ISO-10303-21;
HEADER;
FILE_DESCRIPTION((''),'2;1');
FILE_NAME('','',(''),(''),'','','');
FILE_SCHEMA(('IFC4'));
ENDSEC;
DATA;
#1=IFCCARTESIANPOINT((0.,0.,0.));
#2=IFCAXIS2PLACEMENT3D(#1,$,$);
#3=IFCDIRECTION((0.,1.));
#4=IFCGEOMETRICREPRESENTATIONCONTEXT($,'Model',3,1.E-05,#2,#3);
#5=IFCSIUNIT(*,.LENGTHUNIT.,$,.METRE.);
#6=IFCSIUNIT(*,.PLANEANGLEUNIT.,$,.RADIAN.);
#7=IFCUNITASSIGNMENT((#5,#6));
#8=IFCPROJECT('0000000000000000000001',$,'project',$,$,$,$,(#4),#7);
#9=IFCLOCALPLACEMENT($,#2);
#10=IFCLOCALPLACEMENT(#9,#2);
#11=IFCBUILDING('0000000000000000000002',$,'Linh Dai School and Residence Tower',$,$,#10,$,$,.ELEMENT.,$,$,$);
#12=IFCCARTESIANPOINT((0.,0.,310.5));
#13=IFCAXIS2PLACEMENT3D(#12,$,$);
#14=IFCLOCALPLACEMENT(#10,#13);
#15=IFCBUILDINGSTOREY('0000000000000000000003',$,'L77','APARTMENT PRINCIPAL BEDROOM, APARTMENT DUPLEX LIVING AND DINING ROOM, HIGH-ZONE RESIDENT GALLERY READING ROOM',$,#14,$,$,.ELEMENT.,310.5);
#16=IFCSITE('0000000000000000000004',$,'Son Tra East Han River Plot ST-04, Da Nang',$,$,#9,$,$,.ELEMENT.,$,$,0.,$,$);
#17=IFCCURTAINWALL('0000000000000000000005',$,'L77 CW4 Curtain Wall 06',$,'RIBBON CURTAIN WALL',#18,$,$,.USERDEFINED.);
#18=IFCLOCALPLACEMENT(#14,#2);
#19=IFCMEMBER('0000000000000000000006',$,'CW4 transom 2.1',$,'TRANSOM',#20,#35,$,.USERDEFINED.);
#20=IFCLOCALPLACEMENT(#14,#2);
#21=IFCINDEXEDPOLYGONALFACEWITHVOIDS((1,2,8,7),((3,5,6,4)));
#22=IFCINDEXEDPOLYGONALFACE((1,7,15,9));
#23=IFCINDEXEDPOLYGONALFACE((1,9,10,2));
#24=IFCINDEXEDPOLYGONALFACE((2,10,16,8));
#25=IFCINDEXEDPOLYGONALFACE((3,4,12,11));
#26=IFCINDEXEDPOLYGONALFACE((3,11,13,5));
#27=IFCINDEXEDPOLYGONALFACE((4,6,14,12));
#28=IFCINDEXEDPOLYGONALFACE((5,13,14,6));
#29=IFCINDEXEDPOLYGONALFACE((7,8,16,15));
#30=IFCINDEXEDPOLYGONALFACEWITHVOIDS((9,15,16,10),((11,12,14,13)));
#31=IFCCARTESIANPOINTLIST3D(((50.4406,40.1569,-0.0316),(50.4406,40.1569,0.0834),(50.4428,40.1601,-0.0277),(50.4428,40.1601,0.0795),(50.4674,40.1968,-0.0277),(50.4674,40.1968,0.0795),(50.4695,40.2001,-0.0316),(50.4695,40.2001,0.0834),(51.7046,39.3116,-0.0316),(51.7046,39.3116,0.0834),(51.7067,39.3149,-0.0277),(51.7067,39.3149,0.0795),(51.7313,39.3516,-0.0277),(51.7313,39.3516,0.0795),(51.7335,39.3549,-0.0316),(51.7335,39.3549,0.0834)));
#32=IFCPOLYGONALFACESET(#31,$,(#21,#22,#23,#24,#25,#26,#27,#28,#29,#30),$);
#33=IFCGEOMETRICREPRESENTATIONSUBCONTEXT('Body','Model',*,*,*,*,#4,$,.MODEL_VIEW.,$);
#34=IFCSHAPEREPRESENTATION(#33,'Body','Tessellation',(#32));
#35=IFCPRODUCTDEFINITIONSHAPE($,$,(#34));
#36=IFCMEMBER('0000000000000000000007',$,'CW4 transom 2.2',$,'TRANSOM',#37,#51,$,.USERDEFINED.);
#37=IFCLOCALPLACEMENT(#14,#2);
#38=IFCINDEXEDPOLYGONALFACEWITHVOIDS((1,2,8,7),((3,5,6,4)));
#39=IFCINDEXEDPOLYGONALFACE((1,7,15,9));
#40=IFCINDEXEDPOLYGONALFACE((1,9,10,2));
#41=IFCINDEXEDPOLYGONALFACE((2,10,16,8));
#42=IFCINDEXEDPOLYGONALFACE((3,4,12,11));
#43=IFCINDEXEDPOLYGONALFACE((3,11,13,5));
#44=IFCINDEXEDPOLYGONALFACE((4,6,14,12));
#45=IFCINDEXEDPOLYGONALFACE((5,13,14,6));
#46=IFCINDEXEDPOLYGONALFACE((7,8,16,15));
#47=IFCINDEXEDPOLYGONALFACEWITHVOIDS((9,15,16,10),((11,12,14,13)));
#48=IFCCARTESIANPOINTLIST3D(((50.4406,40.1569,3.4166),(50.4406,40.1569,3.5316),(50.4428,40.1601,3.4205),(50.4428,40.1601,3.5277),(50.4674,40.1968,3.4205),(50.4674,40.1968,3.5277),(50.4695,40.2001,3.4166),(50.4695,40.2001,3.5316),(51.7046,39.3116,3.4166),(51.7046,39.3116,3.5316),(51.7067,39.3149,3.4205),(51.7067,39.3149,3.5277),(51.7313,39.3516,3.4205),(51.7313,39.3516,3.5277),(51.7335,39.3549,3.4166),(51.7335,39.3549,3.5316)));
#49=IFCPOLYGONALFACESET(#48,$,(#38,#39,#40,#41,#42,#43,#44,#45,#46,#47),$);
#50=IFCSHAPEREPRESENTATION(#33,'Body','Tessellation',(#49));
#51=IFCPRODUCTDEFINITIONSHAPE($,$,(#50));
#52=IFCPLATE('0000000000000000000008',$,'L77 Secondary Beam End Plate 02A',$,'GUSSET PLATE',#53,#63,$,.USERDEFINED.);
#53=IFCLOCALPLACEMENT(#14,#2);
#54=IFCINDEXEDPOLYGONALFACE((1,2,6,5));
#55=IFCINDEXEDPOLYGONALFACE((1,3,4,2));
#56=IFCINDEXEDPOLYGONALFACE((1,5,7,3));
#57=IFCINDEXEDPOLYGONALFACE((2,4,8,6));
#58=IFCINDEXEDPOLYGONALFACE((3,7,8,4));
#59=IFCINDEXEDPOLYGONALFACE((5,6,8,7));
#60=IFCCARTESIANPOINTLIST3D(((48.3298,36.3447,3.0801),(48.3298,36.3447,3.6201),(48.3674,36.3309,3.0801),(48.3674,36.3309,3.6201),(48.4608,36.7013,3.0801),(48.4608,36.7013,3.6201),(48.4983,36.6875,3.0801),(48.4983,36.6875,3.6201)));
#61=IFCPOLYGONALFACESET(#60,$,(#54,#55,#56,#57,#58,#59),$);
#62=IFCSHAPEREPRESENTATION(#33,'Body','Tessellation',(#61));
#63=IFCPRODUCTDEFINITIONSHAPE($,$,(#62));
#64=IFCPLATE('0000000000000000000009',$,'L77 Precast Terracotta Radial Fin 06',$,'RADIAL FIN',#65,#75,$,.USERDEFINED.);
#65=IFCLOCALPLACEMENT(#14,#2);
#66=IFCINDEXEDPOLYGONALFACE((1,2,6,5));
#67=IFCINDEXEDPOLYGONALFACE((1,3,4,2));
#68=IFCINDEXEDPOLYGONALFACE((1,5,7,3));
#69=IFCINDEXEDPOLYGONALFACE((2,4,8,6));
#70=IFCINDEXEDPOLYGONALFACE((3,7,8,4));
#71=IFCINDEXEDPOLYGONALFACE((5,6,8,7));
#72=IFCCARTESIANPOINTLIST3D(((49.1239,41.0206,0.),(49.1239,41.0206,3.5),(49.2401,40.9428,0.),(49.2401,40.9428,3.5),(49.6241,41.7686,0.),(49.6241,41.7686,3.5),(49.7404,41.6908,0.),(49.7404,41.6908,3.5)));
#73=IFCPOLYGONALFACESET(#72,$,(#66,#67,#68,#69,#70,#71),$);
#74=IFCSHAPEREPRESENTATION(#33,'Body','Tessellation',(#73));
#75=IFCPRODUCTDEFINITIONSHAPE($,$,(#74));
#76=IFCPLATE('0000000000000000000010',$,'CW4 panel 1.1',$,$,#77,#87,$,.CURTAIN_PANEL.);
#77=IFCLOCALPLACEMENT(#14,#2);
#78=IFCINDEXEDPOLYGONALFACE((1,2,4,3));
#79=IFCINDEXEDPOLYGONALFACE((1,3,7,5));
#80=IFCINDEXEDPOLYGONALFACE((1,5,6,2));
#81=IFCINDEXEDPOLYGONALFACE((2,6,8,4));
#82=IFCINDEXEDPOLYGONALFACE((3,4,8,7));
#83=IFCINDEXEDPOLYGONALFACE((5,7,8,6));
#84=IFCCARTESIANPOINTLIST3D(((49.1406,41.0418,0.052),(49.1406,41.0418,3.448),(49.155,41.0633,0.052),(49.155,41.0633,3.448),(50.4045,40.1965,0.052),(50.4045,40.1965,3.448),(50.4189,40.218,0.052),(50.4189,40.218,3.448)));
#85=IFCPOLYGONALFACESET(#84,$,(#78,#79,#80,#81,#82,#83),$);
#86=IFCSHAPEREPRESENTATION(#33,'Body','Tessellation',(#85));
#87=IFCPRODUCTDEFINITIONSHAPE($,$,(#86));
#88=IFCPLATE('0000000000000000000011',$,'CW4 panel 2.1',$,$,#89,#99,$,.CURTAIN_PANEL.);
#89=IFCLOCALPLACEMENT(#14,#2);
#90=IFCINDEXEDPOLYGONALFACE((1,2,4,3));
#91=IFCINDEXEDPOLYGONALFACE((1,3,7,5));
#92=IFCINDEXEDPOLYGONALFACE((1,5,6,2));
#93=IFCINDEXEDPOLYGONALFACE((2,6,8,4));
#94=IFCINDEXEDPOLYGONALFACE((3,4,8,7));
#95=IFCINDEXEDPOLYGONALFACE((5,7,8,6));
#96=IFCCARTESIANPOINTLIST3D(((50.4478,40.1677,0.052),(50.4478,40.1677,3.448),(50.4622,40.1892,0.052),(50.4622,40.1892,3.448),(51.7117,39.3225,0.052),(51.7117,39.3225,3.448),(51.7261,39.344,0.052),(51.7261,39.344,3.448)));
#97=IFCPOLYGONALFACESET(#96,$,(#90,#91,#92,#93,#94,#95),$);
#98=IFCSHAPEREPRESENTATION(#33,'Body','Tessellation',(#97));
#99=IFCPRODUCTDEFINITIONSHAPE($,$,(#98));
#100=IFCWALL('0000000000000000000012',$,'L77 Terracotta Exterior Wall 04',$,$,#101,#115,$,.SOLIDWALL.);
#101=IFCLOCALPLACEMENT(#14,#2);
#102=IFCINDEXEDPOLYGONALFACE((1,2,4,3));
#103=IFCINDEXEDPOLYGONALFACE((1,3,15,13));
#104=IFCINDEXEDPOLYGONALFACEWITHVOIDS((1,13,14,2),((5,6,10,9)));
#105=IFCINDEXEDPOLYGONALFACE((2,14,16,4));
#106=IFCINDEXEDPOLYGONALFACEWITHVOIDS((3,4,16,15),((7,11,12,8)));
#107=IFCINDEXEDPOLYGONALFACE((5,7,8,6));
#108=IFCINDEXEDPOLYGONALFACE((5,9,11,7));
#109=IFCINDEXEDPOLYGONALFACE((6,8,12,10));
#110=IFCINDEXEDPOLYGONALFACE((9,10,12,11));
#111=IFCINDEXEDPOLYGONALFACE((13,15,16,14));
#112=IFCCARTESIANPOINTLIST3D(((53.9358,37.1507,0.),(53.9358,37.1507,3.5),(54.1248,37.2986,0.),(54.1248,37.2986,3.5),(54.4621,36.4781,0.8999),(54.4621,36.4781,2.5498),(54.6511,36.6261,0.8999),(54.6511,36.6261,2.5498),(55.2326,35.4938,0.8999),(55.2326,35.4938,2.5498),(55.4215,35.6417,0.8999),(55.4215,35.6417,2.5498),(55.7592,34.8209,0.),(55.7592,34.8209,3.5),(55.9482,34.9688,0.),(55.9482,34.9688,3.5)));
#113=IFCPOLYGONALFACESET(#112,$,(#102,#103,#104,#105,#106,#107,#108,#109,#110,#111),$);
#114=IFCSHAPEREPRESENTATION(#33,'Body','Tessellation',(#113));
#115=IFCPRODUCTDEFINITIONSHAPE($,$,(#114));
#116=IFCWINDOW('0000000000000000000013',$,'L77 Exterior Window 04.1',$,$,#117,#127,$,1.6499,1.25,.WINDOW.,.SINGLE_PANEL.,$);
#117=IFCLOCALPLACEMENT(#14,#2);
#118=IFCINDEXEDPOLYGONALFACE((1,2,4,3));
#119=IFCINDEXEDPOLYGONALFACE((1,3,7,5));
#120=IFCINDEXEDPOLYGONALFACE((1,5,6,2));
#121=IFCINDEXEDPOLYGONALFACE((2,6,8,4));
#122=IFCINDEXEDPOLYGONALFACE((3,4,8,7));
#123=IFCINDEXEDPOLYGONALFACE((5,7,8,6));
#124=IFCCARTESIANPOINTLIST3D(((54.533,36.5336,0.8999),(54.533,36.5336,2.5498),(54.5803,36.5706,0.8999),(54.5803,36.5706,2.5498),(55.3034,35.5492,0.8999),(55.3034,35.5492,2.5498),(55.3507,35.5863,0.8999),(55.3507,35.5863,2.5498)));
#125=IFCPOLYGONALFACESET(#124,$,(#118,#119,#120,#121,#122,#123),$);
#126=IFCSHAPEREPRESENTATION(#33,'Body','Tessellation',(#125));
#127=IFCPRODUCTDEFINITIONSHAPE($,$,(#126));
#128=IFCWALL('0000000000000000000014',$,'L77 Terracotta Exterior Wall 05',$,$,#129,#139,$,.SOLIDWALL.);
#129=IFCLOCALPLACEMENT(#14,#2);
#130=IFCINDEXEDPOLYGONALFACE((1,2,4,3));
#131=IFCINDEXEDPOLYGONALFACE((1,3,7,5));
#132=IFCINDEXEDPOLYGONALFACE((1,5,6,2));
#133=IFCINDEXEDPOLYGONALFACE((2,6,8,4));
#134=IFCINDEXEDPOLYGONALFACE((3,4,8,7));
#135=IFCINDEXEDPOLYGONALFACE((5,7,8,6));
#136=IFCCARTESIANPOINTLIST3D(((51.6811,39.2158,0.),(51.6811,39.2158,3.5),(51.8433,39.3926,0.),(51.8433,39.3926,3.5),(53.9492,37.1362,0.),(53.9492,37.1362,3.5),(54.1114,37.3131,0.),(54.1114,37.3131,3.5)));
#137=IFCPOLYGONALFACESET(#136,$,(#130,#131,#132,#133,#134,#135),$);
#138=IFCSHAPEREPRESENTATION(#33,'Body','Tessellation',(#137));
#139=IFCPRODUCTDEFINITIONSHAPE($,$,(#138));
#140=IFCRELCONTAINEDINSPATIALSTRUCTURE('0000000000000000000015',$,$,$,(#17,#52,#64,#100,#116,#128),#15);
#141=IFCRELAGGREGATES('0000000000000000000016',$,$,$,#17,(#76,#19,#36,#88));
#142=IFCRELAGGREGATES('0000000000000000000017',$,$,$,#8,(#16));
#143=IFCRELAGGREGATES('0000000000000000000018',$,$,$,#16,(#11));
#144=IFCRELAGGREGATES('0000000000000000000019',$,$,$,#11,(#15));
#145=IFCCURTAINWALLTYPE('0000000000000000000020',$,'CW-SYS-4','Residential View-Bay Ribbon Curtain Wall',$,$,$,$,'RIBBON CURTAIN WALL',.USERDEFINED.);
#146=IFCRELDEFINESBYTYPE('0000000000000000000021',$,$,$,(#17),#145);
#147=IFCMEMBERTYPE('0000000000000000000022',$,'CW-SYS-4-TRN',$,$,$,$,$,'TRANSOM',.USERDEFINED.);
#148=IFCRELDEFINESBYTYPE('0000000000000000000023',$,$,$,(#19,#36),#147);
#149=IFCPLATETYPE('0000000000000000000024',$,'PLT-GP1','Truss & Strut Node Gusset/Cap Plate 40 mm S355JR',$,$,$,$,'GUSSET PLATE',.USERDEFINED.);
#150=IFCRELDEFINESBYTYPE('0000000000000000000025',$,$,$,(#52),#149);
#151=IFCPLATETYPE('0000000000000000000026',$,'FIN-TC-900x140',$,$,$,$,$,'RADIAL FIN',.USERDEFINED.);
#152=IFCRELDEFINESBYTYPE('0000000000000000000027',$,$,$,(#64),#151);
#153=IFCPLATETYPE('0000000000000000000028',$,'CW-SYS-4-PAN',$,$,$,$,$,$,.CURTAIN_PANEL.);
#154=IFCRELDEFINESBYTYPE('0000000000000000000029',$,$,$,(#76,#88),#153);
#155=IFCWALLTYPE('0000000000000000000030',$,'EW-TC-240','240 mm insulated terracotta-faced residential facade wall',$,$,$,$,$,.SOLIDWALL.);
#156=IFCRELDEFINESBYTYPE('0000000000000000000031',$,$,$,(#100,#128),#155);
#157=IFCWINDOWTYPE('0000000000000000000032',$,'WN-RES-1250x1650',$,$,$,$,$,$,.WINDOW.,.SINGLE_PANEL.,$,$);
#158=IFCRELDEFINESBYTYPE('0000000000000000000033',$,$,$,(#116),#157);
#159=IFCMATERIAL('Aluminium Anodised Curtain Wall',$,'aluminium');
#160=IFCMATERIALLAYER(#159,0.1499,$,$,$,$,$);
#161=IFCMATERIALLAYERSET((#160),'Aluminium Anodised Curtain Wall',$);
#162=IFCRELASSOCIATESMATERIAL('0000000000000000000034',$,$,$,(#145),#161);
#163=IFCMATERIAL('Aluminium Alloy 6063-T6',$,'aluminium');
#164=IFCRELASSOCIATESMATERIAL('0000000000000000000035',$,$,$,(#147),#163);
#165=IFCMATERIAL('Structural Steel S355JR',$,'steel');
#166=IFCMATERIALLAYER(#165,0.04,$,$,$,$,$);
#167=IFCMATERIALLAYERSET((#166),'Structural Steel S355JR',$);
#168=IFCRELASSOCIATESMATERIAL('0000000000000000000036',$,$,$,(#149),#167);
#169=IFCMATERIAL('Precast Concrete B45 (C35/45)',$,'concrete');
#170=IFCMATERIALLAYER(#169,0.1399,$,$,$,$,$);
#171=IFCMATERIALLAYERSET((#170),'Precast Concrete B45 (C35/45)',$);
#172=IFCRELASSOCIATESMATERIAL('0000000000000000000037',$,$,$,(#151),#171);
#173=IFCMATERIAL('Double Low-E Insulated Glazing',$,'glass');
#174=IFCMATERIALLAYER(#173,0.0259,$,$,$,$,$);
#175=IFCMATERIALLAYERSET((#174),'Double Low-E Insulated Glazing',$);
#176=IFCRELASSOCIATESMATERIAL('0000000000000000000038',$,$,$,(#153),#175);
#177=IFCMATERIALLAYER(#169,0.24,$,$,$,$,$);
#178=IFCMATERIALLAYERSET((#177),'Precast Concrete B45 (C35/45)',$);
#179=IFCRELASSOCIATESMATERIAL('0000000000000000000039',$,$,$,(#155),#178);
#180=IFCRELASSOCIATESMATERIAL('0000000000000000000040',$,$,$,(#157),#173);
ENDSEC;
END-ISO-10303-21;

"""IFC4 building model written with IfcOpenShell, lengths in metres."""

from ifc_helpers import new_model, si_unit, direction, frame, frame_2d, origin, origin_2d, place, context, subcontext, project, spatial, rectangle, hollow_rectangle, extrude, source, transform, mapped, material, layer, layer_set, material_profile, profile_set, type_object, element, fill, aggregate, save


model = new_model("IFC4")

# Units and contexts
model_context = context("Model", 3, precision=1e-05, world=origin(), true_north=direction((0.0, 1.0)))
body_context = subcontext(model_context, "Body", "Model", "MODEL_VIEW")
ifc_project = project(units=[si_unit("LENGTHUNIT", "METRE"), si_unit("PLANEANGLEUNIT", "RADIAN")], contexts=[model_context])

# Site, building, storey
site_placement = place(None, origin())
site = spatial("IfcSite", under=ifc_project, at=site_placement, Name="Son Tra East Han River Plot ST-04, Da Nang", CompositionType="ELEMENT", RefElevation=0.0)
building_placement = place(site_placement, origin())
building = spatial("IfcBuilding", under=site, at=building_placement, Name="Linh Dai School and Residence Tower", CompositionType="ELEMENT")
storey_placement = place(building_placement, frame((0.0, 0.0, 310.5)))
storey = spatial("IfcBuildingStorey", under=building, at=storey_placement, Name="L77", Description="APARTMENT PRINCIPAL BEDROOM, APARTMENT DUPLEX LIVING AND DINING ROOM, HIGH-ZONE RESIDENT GALLERY READING ROOM", CompositionType="ELEMENT", Elevation=310.5)

# Shared definitions
ifc_material_1 = material(Name="Structural Steel S355JR", Category="steel")

# Curtain wall, members
ifc_material_2 = material(Name="Aluminium Anodised Curtain Wall", Category="aluminium")
ifc_layer_1 = layer(ifc_material_2, 0.1499)
ifc_layer_set_1 = layer_set([ifc_layer_1], Name="Aluminium Anodised Curtain Wall")
curtain_wall_type = type_object("IfcCurtainWallType", Name="CW-SYS-4", Description="Residential View-Bay Ribbon Curtain Wall", ElementType="RIBBON CURTAIN WALL", PredefinedType="USERDEFINED", material=ifc_layer_set_1)
curtain_wall_placement = place(storey_placement, origin())
curtain_wall = element("IfcCurtainWall", 1, at=curtain_wall_placement, inside=storey, type_object=curtain_wall_type, Name="L77 CW4 Curtain Wall 06", ObjectType="RIBBON CURTAIN WALL", PredefinedType="USERDEFINED")
ifc_material_3 = material(Name="Aluminium Alloy 6063-T6", Category="aluminium")
ifc_material_profile_1 = material_profile(ifc_material_3, hollow_rectangle(XDim=0.052, YDim=0.115, WallThickness=0.0039, at=origin_2d()), Name="RHS 115x52x4")
ifc_profile_set_1 = profile_set([ifc_material_profile_1], Name="Aluminium Alloy 6063-T6")
member_type_1 = type_object("IfcMemberType", Name="CW-SYS-4-TRN", ElementType="TRANSOM", PredefinedType="USERDEFINED", material=ifc_profile_set_1)
shared_shape_1 = source(origin(), body_context, "Body", "SweptSolid", [
    extrude(hollow_rectangle(XDim=0.052, YDim=0.115, WallThickness=0.0039, at=origin_2d()), origin(), (0.0, 0.0, 1.0), 1.5205),
])
member_1_placement = place(storey_placement, frame((50.4551, 40.1785, 0.0259), z_axis=(0.831259, -0.555885, 0.0), x_axis=(0.555885, 0.831259, 0.0)))
member_1 = element("IfcMember", 2, at=member_1_placement, type_object=member_type_1, Name="CW4 transom 2.1", ObjectType="TRANSOM", PredefinedType="USERDEFINED", context=body_context, shape_type="MappedRepresentation", body=[
    mapped(shared_shape_1, transform((0.0, 0.0, 0.0), x_axis=(1.0, 0.0, 0.0), y_axis=(0.0, 1.0, 0.0), z_axis=(0.0, 0.0, 1.0), scale=1.0)),
])
member_2_placement = place(storey_placement, frame((50.4551, 40.1785, 3.4741), z_axis=(0.831259, -0.555885, 0.0), x_axis=(0.555885, 0.831259, 0.0)))
member_2 = element("IfcMember", 3, at=member_2_placement, type_object=member_type_1, Name="CW4 transom 2.2", ObjectType="TRANSOM", PredefinedType="USERDEFINED", context=body_context, shape_type="MappedRepresentation", body=[
    mapped(shared_shape_1, transform((0.0, 0.0, 0.0), x_axis=(1.0, 0.0, 0.0), y_axis=(0.0, 1.0, 0.0), z_axis=(0.0, 0.0, 1.0), scale=1.0)),
])

# Plates
ifc_layer_2 = layer(ifc_material_1, 0.04)
ifc_layer_set_2 = layer_set([ifc_layer_2], Name="Structural Steel S355JR")
plate_type_1 = type_object("IfcPlateType", Name="PLT-GP1", Description="Truss & Strut Node Gusset/Cap Plate 40 mm S355JR", ElementType="GUSSET PLATE", PredefinedType="USERDEFINED", material=ifc_layer_set_2)
shared_shape_2 = source(origin(), body_context, "Body", "SweptSolid", [
    extrude(rectangle(XDim=0.04, YDim=0.3799, at=origin_2d()), origin(), (0.0, 0.0, 1.0), 0.54),
])
plate_1_placement = place(storey_placement, frame((48.4141, 36.5161, 3.0801), z_axis=(0.0, 0.0, 1.0), x_axis=(-0.938695, 0.344748, 0.0)))
element("IfcPlate", 4, at=plate_1_placement, inside=storey, type_object=plate_type_1, Name="L77 Secondary Beam End Plate 02A", ObjectType="GUSSET PLATE", PredefinedType="USERDEFINED", context=body_context, shape_type="MappedRepresentation", body=[
    mapped(shared_shape_2, transform((0.0, 0.0, 0.0), x_axis=(1.0, 0.0, 0.0), y_axis=(0.0, 1.0, 0.0), z_axis=(0.0, 0.0, 1.0), scale=1.0)),
])
ifc_material_4 = material(Name="Precast Concrete B45 (C35/45)", Category="concrete")
ifc_layer_3 = layer(ifc_material_4, 0.1399)
ifc_layer_set_3 = layer_set([ifc_layer_3], Name="Precast Concrete B45 (C35/45)")
plate_type_2 = type_object("IfcPlateType", Name="FIN-TC-900x140", ElementType="RADIAL FIN", PredefinedType="USERDEFINED", material=ifc_layer_set_3)
shared_shape_3 = source(origin(), body_context, "Body", "SweptSolid", [
    extrude(rectangle(XDim=0.8999, YDim=0.1399, at=origin_2d()), origin(), (0.0, 0.0, 1.0), 3.5),
])
plate_2_placement = place(storey_placement, frame((49.4321, 41.3557, 0.0), z_axis=(0.0, 0.0, 1.0), x_axis=(0.555908, 0.831244, 0.0)))
element("IfcPlate", 5, at=plate_2_placement, inside=storey, type_object=plate_type_2, Name="L77 Precast Terracotta Radial Fin 06", ObjectType="RADIAL FIN", PredefinedType="USERDEFINED", context=body_context, shape_type="MappedRepresentation", body=[
    mapped(shared_shape_3, transform((0.0, 0.0, 0.0), x_axis=(1.0, 0.0, 0.0), y_axis=(0.0, 1.0, 0.0), z_axis=(0.0, 0.0, 1.0), scale=1.0)),
])

# Plates
ifc_material_5 = material(Name="Double Low-E Insulated Glazing", Category="glass")
ifc_layer_4 = layer(ifc_material_5, 0.0259)
ifc_layer_set_4 = layer_set([ifc_layer_4], Name="Double Low-E Insulated Glazing")
plate_type_3 = type_object("IfcPlateType", Name="CW-SYS-4-PAN", PredefinedType="CURTAIN_PANEL", material=ifc_layer_set_4)
shared_shape_4 = source(origin(), body_context, "Body", "SweptSolid", [
    extrude(rectangle(XDim=1.5205, YDim=0.0259, at=origin_2d()), origin(), (0.0, 0.0, 1.0), 3.396),
])
plate_3_placement = place(storey_placement, frame((49.7798, 40.6299, 0.052), z_axis=(0.0, 0.0, 1.0), x_axis=(0.831244, -0.555908, 0.0)))
plate_3 = element("IfcPlate", 6, at=plate_3_placement, type_object=plate_type_3, Name="CW4 panel 1.1", PredefinedType="CURTAIN_PANEL", context=body_context, shape_type="MappedRepresentation", body=[
    mapped(shared_shape_4, transform((0.0, 0.0, 0.0), x_axis=(1.0, 0.0, 0.0), y_axis=(0.0, 1.0, 0.0), z_axis=(0.0, 0.0, 1.0), scale=1.0)),
])
plate_4_placement = place(storey_placement, frame((51.0869, 39.7559, 0.052), z_axis=(0.0, 0.0, 1.0), x_axis=(0.831244, -0.555908, 0.0)))
plate_4 = element("IfcPlate", 7, at=plate_4_placement, type_object=plate_type_3, Name="CW4 panel 2.1", PredefinedType="CURTAIN_PANEL", context=body_context, shape_type="MappedRepresentation", body=[
    mapped(shared_shape_4, transform((0.0, 0.0, 0.0), x_axis=(1.0, 0.0, 0.0), y_axis=(0.0, 1.0, 0.0), z_axis=(0.0, 0.0, 1.0), scale=1.0)),
])
aggregate(curtain_wall, [plate_3, member_1, member_2, plate_4])

# Wall, opening, window
ifc_layer_5 = layer(ifc_material_4, 0.24)
ifc_layer_set_5 = layer_set([ifc_layer_5], Name="Precast Concrete B45 (C35/45)")
wall_type = type_object("IfcWallType", Name="EW-TC-240", Description="240 mm insulated terracotta-faced residential facade wall", PredefinedType="SOLIDWALL", material=ifc_layer_set_5)
wall_1_placement = place(storey_placement, frame((54.0303, 37.2246, 0.0), z_axis=(0.0, 0.0, 1.0), x_axis=(0.616337, -0.787482, 0.0)))
wall_1 = element("IfcWall", 8, at=wall_1_placement, inside=storey, type_object=wall_type, Name="L77 Terracotta Exterior Wall 04", PredefinedType="SOLIDWALL", context=body_context, shape_type="SweptSolid", body=[
    extrude(rectangle(XDim=2.9585, YDim=0.24, at=frame_2d((1.4792, 0.0))), origin(), (0.0, 0.0, 1.0), 3.5),
])
opening_1_placement = place(wall_1_placement, frame((0.854, 0.0, 0.8999)))
opening_1 = element("IfcOpeningElement", 9, at=opening_1_placement, cuts=wall_1, PredefinedType="OPENING", context=body_context, shape_type="SweptSolid", body=[
    extrude(rectangle(XDim=1.25, YDim=1.6499, at=origin_2d()), frame((0.625, 0.1299, 0.825), z_axis=(0.0, -1.0, 0.0), x_axis=(1.0, 0.0, 0.0)), (0.0, 0.0, 1.0), 0.26),
])
window_type_1 = type_object("IfcWindowType", Name="WN-RES-1250x1650", PartitioningType="SINGLE_PANEL", PredefinedType="WINDOW", material=ifc_material_5)
shared_shape_5 = source(origin(), body_context, "Body", "SweptSolid", [
    extrude(rectangle(XDim=1.25, YDim=1.6499, at=origin_2d()), frame((0.625, 0.03, 0.825), z_axis=(0.0, -1.0, 0.0), x_axis=(1.0, 0.0, 0.0)), (0.0, 0.0, 1.0), 0.0601),
])
window_1_placement = place(opening_1_placement, origin())
window_1 = element("IfcWindow", 10, at=window_1_placement, inside=storey, type_object=window_type_1, Name="L77 Exterior Window 04.1", OverallHeight=1.6499, OverallWidth=1.25, PartitioningType="SINGLE_PANEL", PredefinedType="WINDOW", context=body_context, shape_type="MappedRepresentation", body=[
    mapped(shared_shape_5, transform((0.0, 0.0, 0.0), x_axis=(1.0, 0.0, 0.0), y_axis=(0.0, 1.0, 0.0), z_axis=(0.0, 0.0, 1.0), scale=1.0)),
])
fill(opening_1, window_1)

# Wall
wall_2_placement = place(storey_placement, frame((51.7622, 39.3042, 0.0), z_axis=(0.0, 0.0, 1.0), x_axis=(0.737069, -0.675818, 0.0)))
element("IfcWall", 11, at=wall_2_placement, inside=storey, type_object=wall_type, Name="L77 Terracotta Exterior Wall 05", PredefinedType="SOLIDWALL", context=body_context, shape_type="SweptSolid", body=[
    extrude(rectangle(XDim=3.0771, YDim=0.24, at=frame_2d((1.5386, 0.0))), origin(), (0.0, 0.0, 1.0), 3.5),
])

save(model, "model.ifc")
